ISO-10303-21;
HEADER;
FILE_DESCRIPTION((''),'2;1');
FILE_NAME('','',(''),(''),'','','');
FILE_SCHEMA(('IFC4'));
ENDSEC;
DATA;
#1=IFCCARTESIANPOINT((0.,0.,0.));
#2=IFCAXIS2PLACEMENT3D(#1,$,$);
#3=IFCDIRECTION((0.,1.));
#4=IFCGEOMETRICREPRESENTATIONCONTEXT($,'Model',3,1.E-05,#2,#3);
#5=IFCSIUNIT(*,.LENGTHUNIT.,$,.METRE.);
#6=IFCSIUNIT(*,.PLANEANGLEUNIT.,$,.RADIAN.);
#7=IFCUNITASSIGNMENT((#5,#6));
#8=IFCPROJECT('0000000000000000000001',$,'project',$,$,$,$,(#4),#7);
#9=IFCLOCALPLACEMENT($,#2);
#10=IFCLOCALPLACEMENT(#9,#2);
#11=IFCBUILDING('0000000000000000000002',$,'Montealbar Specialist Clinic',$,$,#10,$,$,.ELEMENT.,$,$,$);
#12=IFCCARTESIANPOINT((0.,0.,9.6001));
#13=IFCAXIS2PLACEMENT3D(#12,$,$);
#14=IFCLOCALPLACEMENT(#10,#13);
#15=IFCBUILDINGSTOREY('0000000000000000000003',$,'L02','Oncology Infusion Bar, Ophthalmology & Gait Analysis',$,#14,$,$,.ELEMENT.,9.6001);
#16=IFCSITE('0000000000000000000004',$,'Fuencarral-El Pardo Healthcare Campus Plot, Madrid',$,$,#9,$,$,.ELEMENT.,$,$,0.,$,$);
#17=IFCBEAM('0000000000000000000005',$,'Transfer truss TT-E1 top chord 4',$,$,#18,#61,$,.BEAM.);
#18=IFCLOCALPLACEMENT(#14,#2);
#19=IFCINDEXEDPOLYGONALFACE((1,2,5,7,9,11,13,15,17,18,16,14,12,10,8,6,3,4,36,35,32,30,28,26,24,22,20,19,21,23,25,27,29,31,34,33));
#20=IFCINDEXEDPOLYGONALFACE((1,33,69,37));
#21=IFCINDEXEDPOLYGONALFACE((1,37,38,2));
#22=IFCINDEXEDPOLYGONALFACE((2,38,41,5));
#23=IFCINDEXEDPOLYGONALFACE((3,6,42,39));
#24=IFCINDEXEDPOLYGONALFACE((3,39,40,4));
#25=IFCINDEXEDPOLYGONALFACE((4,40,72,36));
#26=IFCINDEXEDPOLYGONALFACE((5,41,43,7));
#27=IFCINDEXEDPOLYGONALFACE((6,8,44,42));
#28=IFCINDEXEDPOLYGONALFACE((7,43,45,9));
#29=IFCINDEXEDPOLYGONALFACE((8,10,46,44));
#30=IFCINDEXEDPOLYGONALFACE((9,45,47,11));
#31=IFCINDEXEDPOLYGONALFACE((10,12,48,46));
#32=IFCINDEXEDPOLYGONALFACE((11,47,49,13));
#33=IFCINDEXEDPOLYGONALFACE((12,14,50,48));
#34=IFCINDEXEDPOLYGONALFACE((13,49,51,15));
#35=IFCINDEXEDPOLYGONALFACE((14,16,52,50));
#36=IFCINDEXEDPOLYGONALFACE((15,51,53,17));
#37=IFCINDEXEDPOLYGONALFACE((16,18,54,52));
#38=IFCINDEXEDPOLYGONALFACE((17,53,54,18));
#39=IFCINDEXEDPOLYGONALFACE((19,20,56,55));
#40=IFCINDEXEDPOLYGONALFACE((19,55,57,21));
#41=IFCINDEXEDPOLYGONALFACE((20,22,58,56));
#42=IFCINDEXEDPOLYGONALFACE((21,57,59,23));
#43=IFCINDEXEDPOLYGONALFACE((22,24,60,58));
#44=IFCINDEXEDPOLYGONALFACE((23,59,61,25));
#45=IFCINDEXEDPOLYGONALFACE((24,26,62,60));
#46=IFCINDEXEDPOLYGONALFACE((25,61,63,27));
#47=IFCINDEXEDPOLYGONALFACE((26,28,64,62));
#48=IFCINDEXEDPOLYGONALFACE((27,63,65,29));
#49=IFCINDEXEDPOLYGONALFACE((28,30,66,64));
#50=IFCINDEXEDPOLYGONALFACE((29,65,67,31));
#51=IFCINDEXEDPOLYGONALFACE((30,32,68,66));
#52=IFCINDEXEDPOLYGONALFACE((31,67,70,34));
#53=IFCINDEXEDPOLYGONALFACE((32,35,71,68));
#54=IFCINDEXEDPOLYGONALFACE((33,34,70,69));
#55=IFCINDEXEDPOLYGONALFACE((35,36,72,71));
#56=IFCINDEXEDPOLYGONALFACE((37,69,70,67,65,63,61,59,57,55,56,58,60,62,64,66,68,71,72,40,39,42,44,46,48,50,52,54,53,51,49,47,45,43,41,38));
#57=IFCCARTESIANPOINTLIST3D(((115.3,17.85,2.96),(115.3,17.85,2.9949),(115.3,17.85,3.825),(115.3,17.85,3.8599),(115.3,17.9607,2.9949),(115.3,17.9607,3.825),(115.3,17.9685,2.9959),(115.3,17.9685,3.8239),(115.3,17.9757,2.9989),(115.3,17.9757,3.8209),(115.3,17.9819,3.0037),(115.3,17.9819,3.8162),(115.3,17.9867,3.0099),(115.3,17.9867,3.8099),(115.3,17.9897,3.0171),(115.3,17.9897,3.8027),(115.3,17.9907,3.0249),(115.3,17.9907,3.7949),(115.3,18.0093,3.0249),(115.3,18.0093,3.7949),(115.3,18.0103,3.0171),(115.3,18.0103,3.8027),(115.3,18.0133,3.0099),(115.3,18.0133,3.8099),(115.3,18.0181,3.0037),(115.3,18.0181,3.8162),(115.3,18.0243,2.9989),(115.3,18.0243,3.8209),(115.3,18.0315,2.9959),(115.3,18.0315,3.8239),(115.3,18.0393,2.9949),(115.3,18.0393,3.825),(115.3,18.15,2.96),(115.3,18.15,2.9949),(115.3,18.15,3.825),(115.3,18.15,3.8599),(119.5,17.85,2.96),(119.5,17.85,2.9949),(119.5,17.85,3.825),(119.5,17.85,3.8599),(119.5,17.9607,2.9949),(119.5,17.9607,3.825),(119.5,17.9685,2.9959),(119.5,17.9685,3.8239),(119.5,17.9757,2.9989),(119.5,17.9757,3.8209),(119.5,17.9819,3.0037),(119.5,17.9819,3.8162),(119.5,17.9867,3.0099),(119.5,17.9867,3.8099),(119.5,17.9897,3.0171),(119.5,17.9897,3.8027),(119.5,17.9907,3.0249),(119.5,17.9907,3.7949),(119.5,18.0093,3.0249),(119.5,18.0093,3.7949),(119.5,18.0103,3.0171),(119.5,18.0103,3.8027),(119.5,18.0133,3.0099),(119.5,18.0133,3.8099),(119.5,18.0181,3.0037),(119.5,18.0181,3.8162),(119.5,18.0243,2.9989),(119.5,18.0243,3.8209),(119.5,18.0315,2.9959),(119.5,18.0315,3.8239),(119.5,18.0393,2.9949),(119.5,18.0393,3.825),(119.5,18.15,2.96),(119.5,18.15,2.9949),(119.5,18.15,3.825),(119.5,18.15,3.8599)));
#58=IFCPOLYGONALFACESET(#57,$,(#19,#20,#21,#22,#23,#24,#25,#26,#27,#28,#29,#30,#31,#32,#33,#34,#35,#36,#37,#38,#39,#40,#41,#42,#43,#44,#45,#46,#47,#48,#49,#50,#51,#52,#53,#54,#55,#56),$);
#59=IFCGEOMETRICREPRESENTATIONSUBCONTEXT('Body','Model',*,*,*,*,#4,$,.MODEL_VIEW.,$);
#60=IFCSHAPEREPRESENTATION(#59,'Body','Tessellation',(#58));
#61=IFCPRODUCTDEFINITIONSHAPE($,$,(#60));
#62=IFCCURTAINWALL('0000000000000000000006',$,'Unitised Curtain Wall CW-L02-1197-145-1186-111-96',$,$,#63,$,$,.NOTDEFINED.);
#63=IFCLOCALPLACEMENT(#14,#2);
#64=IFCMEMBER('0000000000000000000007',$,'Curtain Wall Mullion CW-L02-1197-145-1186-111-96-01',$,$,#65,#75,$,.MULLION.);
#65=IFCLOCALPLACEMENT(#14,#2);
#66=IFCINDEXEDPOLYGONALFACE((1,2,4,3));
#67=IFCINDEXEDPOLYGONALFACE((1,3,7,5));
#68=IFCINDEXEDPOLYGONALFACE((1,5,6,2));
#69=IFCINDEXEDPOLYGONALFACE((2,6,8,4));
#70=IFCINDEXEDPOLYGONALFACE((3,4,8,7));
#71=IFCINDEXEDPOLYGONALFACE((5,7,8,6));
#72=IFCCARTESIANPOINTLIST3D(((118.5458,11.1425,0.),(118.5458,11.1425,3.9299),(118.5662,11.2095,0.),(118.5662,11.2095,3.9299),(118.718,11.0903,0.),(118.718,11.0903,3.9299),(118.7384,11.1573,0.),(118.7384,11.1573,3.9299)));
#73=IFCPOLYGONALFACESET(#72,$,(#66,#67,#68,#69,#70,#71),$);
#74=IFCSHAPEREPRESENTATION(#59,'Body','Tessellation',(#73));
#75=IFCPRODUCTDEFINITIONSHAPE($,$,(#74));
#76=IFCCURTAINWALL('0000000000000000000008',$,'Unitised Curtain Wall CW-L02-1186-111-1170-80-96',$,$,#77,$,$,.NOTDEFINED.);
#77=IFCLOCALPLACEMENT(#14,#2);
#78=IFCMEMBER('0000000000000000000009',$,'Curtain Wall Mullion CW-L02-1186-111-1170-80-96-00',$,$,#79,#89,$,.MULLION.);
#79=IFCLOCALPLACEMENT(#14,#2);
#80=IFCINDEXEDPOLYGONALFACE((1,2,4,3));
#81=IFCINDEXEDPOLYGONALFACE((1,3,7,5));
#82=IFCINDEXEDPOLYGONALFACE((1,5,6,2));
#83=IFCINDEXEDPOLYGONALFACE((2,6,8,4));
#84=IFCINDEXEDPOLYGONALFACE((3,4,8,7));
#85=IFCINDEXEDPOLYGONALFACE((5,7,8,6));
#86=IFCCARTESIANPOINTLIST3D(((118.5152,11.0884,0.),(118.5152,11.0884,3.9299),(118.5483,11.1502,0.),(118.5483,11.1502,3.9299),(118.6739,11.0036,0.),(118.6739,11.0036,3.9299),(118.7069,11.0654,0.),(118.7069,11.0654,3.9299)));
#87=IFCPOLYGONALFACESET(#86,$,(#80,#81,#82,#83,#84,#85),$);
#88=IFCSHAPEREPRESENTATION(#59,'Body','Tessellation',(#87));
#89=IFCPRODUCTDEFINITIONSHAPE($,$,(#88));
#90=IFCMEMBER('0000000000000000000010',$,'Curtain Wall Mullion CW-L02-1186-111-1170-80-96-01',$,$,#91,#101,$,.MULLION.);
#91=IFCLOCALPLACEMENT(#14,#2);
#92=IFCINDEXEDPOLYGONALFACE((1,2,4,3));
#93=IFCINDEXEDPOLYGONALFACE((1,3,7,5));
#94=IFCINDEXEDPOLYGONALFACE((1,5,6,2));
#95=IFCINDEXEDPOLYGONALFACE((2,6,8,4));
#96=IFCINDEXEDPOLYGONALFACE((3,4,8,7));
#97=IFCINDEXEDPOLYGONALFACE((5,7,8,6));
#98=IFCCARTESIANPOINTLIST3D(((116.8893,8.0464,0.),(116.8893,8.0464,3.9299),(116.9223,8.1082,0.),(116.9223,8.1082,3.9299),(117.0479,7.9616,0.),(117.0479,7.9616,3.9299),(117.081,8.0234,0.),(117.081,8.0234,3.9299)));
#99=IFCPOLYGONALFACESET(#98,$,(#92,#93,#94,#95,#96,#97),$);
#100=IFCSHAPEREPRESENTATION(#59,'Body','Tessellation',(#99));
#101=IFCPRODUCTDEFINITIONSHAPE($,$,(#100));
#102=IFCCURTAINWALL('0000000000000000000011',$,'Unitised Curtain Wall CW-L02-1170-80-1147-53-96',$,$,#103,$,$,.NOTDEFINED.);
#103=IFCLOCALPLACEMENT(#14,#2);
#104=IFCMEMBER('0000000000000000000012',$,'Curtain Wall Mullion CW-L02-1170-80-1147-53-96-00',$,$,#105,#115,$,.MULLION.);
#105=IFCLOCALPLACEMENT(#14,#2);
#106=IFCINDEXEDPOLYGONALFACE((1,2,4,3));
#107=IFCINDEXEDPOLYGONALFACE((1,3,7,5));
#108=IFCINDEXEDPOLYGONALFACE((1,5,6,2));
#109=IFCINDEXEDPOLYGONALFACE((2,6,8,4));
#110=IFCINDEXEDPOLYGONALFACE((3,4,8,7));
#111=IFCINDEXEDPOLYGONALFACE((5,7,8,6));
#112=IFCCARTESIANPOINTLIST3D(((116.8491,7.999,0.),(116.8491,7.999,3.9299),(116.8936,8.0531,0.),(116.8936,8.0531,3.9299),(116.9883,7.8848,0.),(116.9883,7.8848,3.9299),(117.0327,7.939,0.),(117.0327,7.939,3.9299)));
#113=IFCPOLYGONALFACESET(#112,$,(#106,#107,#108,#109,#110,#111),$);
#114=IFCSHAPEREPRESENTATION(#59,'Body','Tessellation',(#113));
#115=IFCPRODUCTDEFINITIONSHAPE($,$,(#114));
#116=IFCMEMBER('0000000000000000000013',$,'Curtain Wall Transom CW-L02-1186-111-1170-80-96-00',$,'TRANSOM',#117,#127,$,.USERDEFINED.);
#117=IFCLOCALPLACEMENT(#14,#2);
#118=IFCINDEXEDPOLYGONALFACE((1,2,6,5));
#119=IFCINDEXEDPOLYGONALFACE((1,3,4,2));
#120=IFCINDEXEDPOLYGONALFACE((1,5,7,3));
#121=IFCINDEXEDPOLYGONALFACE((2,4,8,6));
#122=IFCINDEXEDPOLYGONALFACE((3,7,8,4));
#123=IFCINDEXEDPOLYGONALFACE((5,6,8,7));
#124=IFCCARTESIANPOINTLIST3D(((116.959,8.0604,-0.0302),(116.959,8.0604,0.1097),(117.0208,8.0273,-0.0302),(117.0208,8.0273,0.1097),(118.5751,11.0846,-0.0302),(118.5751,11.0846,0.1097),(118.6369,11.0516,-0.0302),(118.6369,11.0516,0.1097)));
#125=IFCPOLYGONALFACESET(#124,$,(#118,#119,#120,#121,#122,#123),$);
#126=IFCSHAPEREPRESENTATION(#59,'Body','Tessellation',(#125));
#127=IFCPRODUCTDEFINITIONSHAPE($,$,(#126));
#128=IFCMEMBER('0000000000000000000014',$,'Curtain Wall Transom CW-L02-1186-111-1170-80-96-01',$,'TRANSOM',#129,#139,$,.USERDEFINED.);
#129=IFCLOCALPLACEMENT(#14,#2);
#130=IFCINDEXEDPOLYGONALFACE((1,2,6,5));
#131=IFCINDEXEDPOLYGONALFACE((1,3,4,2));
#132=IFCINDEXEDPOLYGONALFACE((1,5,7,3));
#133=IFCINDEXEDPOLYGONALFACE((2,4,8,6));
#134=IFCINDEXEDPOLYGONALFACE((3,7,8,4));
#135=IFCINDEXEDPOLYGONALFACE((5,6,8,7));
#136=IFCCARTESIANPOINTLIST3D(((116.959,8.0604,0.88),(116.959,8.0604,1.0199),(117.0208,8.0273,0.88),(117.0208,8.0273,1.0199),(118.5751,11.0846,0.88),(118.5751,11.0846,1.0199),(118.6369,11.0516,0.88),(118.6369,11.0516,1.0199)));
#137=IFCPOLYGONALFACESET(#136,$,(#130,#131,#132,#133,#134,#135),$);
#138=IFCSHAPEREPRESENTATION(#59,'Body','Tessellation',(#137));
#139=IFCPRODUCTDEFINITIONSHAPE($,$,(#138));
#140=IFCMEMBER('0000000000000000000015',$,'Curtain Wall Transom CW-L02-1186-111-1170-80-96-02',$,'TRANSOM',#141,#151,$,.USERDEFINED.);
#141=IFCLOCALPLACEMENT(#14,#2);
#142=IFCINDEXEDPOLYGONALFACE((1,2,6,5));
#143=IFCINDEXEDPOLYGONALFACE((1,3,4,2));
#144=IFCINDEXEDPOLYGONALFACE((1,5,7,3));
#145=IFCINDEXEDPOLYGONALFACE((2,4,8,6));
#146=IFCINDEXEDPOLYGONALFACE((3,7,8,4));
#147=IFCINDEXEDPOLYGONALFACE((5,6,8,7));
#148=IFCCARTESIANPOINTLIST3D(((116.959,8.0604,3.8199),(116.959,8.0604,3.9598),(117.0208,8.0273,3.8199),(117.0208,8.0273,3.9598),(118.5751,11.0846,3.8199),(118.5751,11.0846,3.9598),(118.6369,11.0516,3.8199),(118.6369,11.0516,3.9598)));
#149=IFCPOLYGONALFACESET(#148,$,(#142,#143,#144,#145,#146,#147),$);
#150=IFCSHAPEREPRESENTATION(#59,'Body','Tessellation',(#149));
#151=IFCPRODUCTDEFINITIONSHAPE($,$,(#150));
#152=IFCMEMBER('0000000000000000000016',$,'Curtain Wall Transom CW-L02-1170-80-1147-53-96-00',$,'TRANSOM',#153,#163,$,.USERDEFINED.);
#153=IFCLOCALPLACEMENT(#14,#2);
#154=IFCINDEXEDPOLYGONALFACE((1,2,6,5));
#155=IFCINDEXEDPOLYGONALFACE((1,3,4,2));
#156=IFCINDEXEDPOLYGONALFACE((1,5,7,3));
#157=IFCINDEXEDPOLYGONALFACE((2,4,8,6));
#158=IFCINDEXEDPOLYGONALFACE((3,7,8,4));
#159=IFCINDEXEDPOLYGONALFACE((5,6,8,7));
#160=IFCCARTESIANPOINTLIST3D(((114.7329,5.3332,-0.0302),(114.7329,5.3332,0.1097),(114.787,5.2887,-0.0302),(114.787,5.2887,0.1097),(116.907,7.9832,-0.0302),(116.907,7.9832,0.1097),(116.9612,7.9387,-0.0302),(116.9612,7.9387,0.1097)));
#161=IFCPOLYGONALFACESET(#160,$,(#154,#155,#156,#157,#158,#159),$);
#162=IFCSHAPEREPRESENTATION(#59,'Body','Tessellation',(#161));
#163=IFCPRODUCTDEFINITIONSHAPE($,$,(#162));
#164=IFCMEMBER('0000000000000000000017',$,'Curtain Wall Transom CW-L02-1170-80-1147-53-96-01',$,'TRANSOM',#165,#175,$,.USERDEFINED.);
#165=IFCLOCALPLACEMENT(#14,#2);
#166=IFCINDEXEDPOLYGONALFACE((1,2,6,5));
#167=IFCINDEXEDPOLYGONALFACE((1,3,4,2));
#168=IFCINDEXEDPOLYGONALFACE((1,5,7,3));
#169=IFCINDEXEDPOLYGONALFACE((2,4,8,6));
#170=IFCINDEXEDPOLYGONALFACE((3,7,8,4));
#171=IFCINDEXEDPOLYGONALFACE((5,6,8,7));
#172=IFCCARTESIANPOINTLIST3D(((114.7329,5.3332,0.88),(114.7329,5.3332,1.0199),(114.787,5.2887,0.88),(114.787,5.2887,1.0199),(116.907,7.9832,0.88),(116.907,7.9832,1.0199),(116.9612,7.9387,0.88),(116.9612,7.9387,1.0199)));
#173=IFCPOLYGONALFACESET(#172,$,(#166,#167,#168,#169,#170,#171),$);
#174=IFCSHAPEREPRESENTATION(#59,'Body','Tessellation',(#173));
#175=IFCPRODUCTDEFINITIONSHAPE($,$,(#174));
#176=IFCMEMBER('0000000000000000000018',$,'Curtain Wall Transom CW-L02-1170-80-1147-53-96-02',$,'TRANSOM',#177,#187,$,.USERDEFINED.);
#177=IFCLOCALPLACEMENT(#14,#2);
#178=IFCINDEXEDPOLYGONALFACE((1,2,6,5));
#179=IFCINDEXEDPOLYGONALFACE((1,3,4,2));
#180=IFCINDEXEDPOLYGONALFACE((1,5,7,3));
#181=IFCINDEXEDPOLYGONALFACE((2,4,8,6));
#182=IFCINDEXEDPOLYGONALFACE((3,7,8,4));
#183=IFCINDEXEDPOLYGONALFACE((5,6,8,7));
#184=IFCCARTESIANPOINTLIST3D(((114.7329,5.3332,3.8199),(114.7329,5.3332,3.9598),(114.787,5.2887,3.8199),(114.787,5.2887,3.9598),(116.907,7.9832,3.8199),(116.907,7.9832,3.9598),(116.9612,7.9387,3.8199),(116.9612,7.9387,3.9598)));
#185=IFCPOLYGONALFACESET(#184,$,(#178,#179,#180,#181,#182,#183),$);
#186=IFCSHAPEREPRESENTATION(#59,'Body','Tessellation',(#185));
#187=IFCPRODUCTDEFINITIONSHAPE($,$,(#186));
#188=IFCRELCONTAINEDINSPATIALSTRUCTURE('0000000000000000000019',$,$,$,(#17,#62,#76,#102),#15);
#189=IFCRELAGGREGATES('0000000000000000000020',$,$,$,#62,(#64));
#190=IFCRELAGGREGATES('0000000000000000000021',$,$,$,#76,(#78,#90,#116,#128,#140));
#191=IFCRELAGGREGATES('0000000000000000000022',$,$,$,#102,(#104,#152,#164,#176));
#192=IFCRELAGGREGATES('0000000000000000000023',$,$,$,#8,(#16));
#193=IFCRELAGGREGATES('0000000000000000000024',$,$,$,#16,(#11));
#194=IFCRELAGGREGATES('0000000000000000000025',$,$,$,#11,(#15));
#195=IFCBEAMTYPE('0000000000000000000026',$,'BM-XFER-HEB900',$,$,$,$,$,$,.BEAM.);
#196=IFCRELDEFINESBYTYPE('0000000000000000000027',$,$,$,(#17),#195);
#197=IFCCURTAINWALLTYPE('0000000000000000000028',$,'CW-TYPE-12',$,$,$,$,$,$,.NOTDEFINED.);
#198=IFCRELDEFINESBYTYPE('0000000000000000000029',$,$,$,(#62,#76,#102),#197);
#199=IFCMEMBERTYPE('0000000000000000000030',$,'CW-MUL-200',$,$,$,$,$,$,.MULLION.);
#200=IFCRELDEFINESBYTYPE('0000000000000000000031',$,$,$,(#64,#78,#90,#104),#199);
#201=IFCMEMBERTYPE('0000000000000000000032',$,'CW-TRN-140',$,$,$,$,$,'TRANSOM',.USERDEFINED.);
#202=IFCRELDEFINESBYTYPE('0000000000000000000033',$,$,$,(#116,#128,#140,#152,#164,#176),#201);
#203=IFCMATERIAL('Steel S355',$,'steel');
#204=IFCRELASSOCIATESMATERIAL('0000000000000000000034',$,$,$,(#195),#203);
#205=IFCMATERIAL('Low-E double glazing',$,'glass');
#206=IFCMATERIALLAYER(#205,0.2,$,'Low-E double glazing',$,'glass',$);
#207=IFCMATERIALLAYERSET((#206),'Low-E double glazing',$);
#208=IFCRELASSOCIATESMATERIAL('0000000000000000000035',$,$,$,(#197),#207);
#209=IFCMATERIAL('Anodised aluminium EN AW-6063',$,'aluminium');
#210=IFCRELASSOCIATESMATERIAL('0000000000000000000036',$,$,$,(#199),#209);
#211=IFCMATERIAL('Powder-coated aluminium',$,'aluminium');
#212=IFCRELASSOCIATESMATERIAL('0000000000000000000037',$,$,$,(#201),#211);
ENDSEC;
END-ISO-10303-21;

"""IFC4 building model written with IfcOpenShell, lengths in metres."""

from ifc_helpers import new_model, si_unit, direction, frame, origin, origin_2d, place, context, subcontext, project, spatial, rectangle, i_section, extrude, material, layer, layer_set, material_profile, profile_set, type_object, element, aggregate, save


model = new_model("IFC4")

# Units and contexts
model_context = context("Model", 3, precision=1e-05, world=origin(), true_north=direction((0.0, 1.0)))
body_context = subcontext(model_context, "Body", "Model", "MODEL_VIEW")
ifc_project = project(units=[si_unit("LENGTHUNIT", "METRE"), si_unit("PLANEANGLEUNIT", "RADIAN")], contexts=[model_context])

# Site, building, storey
site_placement = place(None, origin())
site = spatial("IfcSite", under=ifc_project, at=site_placement, Name="Fuencarral-El Pardo Healthcare Campus Plot, Madrid", CompositionType="ELEMENT", RefElevation=0.0)
building_placement = place(site_placement, origin())
building = spatial("IfcBuilding", under=site, at=building_placement, Name="Montealbar Specialist Clinic", CompositionType="ELEMENT")
storey_placement = place(building_placement, frame((0.0, 0.0, 9.6001)))
storey = spatial("IfcBuildingStorey", under=building, at=storey_placement, Name="L02", Description="Oncology Infusion Bar, Ophthalmology & Gait Analysis", CompositionType="ELEMENT", Elevation=9.6001)

# Shared definitions
ifc_material_1 = material(Name="Steel S355", Category="steel")

# Beam
ifc_material_profile_1 = material_profile(ifc_material_1, i_section(OverallWidth=0.3, OverallDepth=0.8999, WebThickness=0.0186, FlangeThickness=0.0349, FilletRadius=0.03, at=origin_2d()), Name="HEB 900", Category="steel")
ifc_profile_set_1 = profile_set([ifc_material_profile_1], Name="Steel S355")
beam_type_1 = type_object("IfcBeamType", Name="BM-XFER-HEB900", PredefinedType="BEAM", material=ifc_profile_set_1)
for number, where, z_axis, x_axis, name in (
    (1, (115.3, 18.0, 3.4099), (1.0, 0.0, 0.0), (0.0, 1.0, 0.0), "Transfer truss TT-E1 top chord 4"),
):
    element("IfcBeam", number, at=place(storey_placement, frame(where, z_axis=z_axis, x_axis=x_axis)), inside=storey, type_object=beam_type_1, Name=name, PredefinedType="BEAM", context=body_context, shape_type="SweptSolid", body=[
        extrude(i_section(OverallWidth=0.3, OverallDepth=0.8999, WebThickness=0.0186, FlangeThickness=0.0349, FilletRadius=0.03, at=origin_2d()), origin(), (0.0, 0.0, 1.0), 4.2),
    ])

# Curtain wall, member
ifc_material_2 = material(Name="Low-E double glazing", Category="glass")
ifc_layer_1 = layer(ifc_material_2, 0.2, Name="Low-E double glazing", Category="glass")
ifc_layer_set_1 = layer_set([ifc_layer_1], Name="Low-E double glazing")
curtain_wall_type = type_object("IfcCurtainWallType", Name="CW-TYPE-12", PredefinedType="NOTDEFINED", material=ifc_layer_set_1)
curtain_wall_1_placement = place(storey_placement, origin())
curtain_wall_1 = element("IfcCurtainWall", 2, at=curtain_wall_1_placement, inside=storey, type_object=curtain_wall_type, Name="Unitised Curtain Wall CW-L02-1197-145-1186-111-96", PredefinedType="NOTDEFINED")
ifc_material_3 = material(Name="Anodised aluminium EN AW-6063", Category="aluminium")
ifc_material_profile_2 = material_profile(ifc_material_3, rectangle(XDim=0.0701, YDim=0.1799, at=origin_2d()), Name="ALU 70x180", Category="aluminium")
ifc_profile_set_2 = profile_set([ifc_material_profile_2], Name="Anodised aluminium EN AW-6063")
member_type_1 = type_object("IfcMemberType", Name="CW-MUL-200", PredefinedType="MULLION", material=ifc_profile_set_2)
member_1_placement = place(storey_placement, frame((118.6421, 11.1499, 0.0), z_axis=(0.0, 0.0, 1.0), x_axis=(-0.290259, -0.956948, 0.0)))
member_1 = element("IfcMember", 3, at=member_1_placement, type_object=member_type_1, Name="Curtain Wall Mullion CW-L02-1197-145-1186-111-96-01", PredefinedType="MULLION", context=body_context, shape_type="SweptSolid", body=[
    extrude(rectangle(XDim=0.0701, YDim=0.1799, at=origin_2d()), origin(), (0.0, 0.0, 1.0), 3.9299),
])
aggregate(curtain_wall_1, [member_1])

# Curtain wall, members
curtain_wall_2_placement = place(storey_placement, origin())
curtain_wall_2 = element("IfcCurtainWall", 4, at=curtain_wall_2_placement, inside=storey, type_object=curtain_wall_type, Name="Unitised Curtain Wall CW-L02-1186-111-1170-80-96", PredefinedType="NOTDEFINED")
member_2_placement = place(storey_placement, frame((118.6111, 11.0769, 0.0), z_axis=(0.0, 0.0, 1.0), x_axis=(-0.471529, -0.88185, 0.0)))
member_2 = element("IfcMember", 5, at=member_2_placement, type_object=member_type_1, Name="Curtain Wall Mullion CW-L02-1186-111-1170-80-96-00", PredefinedType="MULLION", context=body_context, shape_type="SweptSolid", body=[
    extrude(rectangle(XDim=0.0701, YDim=0.1799, at=origin_2d()), origin(), (0.0, 0.0, 1.0), 3.9299),
])
member_3_placement = place(storey_placement, frame((116.9851, 8.0349, 0.0), z_axis=(0.0, 0.0, 1.0), x_axis=(-0.471529, -0.88185, 0.0)))
member_3 = element("IfcMember", 6, at=member_3_placement, type_object=member_type_1, Name="Curtain Wall Mullion CW-L02-1186-111-1170-80-96-01", PredefinedType="MULLION", context=body_context, shape_type="SweptSolid", body=[
    extrude(rectangle(XDim=0.0701, YDim=0.1799, at=origin_2d()), origin(), (0.0, 0.0, 1.0), 3.9299),
])

# Curtain wall, member
curtain_wall_3_placement = place(storey_placement, origin())
curtain_wall_3 = element("IfcCurtainWall", 7, at=curtain_wall_3_placement, inside=storey, type_object=curtain_wall_type, Name="Unitised Curtain Wall CW-L02-1170-80-1147-53-96", PredefinedType="NOTDEFINED")
member_4_placement = place(storey_placement, frame((116.9409, 7.969, 0.0), z_axis=(0.0, 0.0, 1.0), x_axis=(-0.634256, -0.773123, 0.0)))
member_4 = element("IfcMember", 8, at=member_4_placement, type_object=member_type_1, Name="Curtain Wall Mullion CW-L02-1170-80-1147-53-96-00", PredefinedType="MULLION", context=body_context, shape_type="SweptSolid", body=[
    extrude(rectangle(XDim=0.0701, YDim=0.1799, at=origin_2d()), origin(), (0.0, 0.0, 1.0), 3.9299),
])

# Members
ifc_material_4 = material(Name="Powder-coated aluminium", Category="aluminium")
ifc_material_profile_3 = material_profile(ifc_material_4, rectangle(XDim=0.0701, YDim=0.1399, at=origin_2d()), Name="ALU 70x140", Category="aluminium")
ifc_profile_set_3 = profile_set([ifc_material_profile_3], Name="Powder-coated aluminium")
member_type_2 = type_object("IfcMemberType", Name="CW-TRN-140", ElementType="TRANSOM", PredefinedType="USERDEFINED", material=ifc_profile_set_3)
member_5_placement = place(storey_placement, frame((118.606, 11.0681, 0.0398), z_axis=(-0.471287, -0.88198, 0.0), x_axis=(0.88198, -0.471287, 0.0)))
member_5 = element("IfcMember", 9, at=member_5_placement, type_object=member_type_2, Name="Curtain Wall Transom CW-L02-1186-111-1170-80-96-00", ObjectType="TRANSOM", PredefinedType="USERDEFINED", context=body_context, shape_type="SweptSolid", body=[
    extrude(rectangle(XDim=0.0701, YDim=0.1399, at=origin_2d()), origin(), (0.0, 0.0, 1.0), 3.429),
])
member_6_placement = place(storey_placement, frame((118.606, 11.0681, 0.95), z_axis=(-0.471287, -0.88198, 0.0), x_axis=(0.88198, -0.471287, 0.0)))
member_6 = element("IfcMember", 10, at=member_6_placement, type_object=member_type_2, Name="Curtain Wall Transom CW-L02-1186-111-1170-80-96-01", ObjectType="TRANSOM", PredefinedType="USERDEFINED", context=body_context, shape_type="SweptSolid", body=[
    extrude(rectangle(XDim=0.0701, YDim=0.1399, at=origin_2d()), origin(), (0.0, 0.0, 1.0), 3.429),
])
member_7_placement = place(storey_placement, frame((118.606, 11.0681, 3.8899), z_axis=(-0.471287, -0.88198, 0.0), x_axis=(0.88198, -0.471287, 0.0)))
member_7 = element("IfcMember", 11, at=member_7_placement, type_object=member_type_2, Name="Curtain Wall Transom CW-L02-1186-111-1170-80-96-02", ObjectType="TRANSOM", PredefinedType="USERDEFINED", context=body_context, shape_type="SweptSolid", body=[
    extrude(rectangle(XDim=0.0701, YDim=0.1399, at=origin_2d()), origin(), (0.0, 0.0, 1.0), 3.429),
])
member_8_placement = place(storey_placement, frame((116.9341, 7.9609, 0.0398), z_axis=(-0.634281, -0.773103, 0.0), x_axis=(0.773103, -0.634281, 0.0)))
member_8 = element("IfcMember", 12, at=member_8_placement, type_object=member_type_2, Name="Curtain Wall Transom CW-L02-1170-80-1147-53-96-00", ObjectType="TRANSOM", PredefinedType="USERDEFINED", context=body_context, shape_type="SweptSolid", body=[
    extrude(rectangle(XDim=0.0701, YDim=0.1399, at=origin_2d()), origin(), (0.0, 0.0, 1.0), 3.4277),
])
member_9_placement = place(storey_placement, frame((116.9341, 7.9609, 0.95), z_axis=(-0.634281, -0.773103, 0.0), x_axis=(0.773103, -0.634281, 0.0)))
member_9 = element("IfcMember", 13, at=member_9_placement, type_object=member_type_2, Name="Curtain Wall Transom CW-L02-1170-80-1147-53-96-01", ObjectType="TRANSOM", PredefinedType="USERDEFINED", context=body_context, shape_type="SweptSolid", body=[
    extrude(rectangle(XDim=0.0701, YDim=0.1399, at=origin_2d()), origin(), (0.0, 0.0, 1.0), 3.4277),
])
member_10_placement = place(storey_placement, frame((116.9341, 7.9609, 3.8899), z_axis=(-0.634281, -0.773103, 0.0), x_axis=(0.773103, -0.634281, 0.0)))
member_10 = element("IfcMember", 14, at=member_10_placement, type_object=member_type_2, Name="Curtain Wall Transom CW-L02-1170-80-1147-53-96-02", ObjectType="TRANSOM", PredefinedType="USERDEFINED", context=body_context, shape_type="SweptSolid", body=[
    extrude(rectangle(XDim=0.0701, YDim=0.1399, at=origin_2d()), origin(), (0.0, 0.0, 1.0), 3.4277),
])

aggregate(curtain_wall_2, [member_2, member_3, member_5, member_6, member_7])
aggregate(curtain_wall_3, [member_4, member_8, member_9, member_10])

save(model, "model.ifc")
